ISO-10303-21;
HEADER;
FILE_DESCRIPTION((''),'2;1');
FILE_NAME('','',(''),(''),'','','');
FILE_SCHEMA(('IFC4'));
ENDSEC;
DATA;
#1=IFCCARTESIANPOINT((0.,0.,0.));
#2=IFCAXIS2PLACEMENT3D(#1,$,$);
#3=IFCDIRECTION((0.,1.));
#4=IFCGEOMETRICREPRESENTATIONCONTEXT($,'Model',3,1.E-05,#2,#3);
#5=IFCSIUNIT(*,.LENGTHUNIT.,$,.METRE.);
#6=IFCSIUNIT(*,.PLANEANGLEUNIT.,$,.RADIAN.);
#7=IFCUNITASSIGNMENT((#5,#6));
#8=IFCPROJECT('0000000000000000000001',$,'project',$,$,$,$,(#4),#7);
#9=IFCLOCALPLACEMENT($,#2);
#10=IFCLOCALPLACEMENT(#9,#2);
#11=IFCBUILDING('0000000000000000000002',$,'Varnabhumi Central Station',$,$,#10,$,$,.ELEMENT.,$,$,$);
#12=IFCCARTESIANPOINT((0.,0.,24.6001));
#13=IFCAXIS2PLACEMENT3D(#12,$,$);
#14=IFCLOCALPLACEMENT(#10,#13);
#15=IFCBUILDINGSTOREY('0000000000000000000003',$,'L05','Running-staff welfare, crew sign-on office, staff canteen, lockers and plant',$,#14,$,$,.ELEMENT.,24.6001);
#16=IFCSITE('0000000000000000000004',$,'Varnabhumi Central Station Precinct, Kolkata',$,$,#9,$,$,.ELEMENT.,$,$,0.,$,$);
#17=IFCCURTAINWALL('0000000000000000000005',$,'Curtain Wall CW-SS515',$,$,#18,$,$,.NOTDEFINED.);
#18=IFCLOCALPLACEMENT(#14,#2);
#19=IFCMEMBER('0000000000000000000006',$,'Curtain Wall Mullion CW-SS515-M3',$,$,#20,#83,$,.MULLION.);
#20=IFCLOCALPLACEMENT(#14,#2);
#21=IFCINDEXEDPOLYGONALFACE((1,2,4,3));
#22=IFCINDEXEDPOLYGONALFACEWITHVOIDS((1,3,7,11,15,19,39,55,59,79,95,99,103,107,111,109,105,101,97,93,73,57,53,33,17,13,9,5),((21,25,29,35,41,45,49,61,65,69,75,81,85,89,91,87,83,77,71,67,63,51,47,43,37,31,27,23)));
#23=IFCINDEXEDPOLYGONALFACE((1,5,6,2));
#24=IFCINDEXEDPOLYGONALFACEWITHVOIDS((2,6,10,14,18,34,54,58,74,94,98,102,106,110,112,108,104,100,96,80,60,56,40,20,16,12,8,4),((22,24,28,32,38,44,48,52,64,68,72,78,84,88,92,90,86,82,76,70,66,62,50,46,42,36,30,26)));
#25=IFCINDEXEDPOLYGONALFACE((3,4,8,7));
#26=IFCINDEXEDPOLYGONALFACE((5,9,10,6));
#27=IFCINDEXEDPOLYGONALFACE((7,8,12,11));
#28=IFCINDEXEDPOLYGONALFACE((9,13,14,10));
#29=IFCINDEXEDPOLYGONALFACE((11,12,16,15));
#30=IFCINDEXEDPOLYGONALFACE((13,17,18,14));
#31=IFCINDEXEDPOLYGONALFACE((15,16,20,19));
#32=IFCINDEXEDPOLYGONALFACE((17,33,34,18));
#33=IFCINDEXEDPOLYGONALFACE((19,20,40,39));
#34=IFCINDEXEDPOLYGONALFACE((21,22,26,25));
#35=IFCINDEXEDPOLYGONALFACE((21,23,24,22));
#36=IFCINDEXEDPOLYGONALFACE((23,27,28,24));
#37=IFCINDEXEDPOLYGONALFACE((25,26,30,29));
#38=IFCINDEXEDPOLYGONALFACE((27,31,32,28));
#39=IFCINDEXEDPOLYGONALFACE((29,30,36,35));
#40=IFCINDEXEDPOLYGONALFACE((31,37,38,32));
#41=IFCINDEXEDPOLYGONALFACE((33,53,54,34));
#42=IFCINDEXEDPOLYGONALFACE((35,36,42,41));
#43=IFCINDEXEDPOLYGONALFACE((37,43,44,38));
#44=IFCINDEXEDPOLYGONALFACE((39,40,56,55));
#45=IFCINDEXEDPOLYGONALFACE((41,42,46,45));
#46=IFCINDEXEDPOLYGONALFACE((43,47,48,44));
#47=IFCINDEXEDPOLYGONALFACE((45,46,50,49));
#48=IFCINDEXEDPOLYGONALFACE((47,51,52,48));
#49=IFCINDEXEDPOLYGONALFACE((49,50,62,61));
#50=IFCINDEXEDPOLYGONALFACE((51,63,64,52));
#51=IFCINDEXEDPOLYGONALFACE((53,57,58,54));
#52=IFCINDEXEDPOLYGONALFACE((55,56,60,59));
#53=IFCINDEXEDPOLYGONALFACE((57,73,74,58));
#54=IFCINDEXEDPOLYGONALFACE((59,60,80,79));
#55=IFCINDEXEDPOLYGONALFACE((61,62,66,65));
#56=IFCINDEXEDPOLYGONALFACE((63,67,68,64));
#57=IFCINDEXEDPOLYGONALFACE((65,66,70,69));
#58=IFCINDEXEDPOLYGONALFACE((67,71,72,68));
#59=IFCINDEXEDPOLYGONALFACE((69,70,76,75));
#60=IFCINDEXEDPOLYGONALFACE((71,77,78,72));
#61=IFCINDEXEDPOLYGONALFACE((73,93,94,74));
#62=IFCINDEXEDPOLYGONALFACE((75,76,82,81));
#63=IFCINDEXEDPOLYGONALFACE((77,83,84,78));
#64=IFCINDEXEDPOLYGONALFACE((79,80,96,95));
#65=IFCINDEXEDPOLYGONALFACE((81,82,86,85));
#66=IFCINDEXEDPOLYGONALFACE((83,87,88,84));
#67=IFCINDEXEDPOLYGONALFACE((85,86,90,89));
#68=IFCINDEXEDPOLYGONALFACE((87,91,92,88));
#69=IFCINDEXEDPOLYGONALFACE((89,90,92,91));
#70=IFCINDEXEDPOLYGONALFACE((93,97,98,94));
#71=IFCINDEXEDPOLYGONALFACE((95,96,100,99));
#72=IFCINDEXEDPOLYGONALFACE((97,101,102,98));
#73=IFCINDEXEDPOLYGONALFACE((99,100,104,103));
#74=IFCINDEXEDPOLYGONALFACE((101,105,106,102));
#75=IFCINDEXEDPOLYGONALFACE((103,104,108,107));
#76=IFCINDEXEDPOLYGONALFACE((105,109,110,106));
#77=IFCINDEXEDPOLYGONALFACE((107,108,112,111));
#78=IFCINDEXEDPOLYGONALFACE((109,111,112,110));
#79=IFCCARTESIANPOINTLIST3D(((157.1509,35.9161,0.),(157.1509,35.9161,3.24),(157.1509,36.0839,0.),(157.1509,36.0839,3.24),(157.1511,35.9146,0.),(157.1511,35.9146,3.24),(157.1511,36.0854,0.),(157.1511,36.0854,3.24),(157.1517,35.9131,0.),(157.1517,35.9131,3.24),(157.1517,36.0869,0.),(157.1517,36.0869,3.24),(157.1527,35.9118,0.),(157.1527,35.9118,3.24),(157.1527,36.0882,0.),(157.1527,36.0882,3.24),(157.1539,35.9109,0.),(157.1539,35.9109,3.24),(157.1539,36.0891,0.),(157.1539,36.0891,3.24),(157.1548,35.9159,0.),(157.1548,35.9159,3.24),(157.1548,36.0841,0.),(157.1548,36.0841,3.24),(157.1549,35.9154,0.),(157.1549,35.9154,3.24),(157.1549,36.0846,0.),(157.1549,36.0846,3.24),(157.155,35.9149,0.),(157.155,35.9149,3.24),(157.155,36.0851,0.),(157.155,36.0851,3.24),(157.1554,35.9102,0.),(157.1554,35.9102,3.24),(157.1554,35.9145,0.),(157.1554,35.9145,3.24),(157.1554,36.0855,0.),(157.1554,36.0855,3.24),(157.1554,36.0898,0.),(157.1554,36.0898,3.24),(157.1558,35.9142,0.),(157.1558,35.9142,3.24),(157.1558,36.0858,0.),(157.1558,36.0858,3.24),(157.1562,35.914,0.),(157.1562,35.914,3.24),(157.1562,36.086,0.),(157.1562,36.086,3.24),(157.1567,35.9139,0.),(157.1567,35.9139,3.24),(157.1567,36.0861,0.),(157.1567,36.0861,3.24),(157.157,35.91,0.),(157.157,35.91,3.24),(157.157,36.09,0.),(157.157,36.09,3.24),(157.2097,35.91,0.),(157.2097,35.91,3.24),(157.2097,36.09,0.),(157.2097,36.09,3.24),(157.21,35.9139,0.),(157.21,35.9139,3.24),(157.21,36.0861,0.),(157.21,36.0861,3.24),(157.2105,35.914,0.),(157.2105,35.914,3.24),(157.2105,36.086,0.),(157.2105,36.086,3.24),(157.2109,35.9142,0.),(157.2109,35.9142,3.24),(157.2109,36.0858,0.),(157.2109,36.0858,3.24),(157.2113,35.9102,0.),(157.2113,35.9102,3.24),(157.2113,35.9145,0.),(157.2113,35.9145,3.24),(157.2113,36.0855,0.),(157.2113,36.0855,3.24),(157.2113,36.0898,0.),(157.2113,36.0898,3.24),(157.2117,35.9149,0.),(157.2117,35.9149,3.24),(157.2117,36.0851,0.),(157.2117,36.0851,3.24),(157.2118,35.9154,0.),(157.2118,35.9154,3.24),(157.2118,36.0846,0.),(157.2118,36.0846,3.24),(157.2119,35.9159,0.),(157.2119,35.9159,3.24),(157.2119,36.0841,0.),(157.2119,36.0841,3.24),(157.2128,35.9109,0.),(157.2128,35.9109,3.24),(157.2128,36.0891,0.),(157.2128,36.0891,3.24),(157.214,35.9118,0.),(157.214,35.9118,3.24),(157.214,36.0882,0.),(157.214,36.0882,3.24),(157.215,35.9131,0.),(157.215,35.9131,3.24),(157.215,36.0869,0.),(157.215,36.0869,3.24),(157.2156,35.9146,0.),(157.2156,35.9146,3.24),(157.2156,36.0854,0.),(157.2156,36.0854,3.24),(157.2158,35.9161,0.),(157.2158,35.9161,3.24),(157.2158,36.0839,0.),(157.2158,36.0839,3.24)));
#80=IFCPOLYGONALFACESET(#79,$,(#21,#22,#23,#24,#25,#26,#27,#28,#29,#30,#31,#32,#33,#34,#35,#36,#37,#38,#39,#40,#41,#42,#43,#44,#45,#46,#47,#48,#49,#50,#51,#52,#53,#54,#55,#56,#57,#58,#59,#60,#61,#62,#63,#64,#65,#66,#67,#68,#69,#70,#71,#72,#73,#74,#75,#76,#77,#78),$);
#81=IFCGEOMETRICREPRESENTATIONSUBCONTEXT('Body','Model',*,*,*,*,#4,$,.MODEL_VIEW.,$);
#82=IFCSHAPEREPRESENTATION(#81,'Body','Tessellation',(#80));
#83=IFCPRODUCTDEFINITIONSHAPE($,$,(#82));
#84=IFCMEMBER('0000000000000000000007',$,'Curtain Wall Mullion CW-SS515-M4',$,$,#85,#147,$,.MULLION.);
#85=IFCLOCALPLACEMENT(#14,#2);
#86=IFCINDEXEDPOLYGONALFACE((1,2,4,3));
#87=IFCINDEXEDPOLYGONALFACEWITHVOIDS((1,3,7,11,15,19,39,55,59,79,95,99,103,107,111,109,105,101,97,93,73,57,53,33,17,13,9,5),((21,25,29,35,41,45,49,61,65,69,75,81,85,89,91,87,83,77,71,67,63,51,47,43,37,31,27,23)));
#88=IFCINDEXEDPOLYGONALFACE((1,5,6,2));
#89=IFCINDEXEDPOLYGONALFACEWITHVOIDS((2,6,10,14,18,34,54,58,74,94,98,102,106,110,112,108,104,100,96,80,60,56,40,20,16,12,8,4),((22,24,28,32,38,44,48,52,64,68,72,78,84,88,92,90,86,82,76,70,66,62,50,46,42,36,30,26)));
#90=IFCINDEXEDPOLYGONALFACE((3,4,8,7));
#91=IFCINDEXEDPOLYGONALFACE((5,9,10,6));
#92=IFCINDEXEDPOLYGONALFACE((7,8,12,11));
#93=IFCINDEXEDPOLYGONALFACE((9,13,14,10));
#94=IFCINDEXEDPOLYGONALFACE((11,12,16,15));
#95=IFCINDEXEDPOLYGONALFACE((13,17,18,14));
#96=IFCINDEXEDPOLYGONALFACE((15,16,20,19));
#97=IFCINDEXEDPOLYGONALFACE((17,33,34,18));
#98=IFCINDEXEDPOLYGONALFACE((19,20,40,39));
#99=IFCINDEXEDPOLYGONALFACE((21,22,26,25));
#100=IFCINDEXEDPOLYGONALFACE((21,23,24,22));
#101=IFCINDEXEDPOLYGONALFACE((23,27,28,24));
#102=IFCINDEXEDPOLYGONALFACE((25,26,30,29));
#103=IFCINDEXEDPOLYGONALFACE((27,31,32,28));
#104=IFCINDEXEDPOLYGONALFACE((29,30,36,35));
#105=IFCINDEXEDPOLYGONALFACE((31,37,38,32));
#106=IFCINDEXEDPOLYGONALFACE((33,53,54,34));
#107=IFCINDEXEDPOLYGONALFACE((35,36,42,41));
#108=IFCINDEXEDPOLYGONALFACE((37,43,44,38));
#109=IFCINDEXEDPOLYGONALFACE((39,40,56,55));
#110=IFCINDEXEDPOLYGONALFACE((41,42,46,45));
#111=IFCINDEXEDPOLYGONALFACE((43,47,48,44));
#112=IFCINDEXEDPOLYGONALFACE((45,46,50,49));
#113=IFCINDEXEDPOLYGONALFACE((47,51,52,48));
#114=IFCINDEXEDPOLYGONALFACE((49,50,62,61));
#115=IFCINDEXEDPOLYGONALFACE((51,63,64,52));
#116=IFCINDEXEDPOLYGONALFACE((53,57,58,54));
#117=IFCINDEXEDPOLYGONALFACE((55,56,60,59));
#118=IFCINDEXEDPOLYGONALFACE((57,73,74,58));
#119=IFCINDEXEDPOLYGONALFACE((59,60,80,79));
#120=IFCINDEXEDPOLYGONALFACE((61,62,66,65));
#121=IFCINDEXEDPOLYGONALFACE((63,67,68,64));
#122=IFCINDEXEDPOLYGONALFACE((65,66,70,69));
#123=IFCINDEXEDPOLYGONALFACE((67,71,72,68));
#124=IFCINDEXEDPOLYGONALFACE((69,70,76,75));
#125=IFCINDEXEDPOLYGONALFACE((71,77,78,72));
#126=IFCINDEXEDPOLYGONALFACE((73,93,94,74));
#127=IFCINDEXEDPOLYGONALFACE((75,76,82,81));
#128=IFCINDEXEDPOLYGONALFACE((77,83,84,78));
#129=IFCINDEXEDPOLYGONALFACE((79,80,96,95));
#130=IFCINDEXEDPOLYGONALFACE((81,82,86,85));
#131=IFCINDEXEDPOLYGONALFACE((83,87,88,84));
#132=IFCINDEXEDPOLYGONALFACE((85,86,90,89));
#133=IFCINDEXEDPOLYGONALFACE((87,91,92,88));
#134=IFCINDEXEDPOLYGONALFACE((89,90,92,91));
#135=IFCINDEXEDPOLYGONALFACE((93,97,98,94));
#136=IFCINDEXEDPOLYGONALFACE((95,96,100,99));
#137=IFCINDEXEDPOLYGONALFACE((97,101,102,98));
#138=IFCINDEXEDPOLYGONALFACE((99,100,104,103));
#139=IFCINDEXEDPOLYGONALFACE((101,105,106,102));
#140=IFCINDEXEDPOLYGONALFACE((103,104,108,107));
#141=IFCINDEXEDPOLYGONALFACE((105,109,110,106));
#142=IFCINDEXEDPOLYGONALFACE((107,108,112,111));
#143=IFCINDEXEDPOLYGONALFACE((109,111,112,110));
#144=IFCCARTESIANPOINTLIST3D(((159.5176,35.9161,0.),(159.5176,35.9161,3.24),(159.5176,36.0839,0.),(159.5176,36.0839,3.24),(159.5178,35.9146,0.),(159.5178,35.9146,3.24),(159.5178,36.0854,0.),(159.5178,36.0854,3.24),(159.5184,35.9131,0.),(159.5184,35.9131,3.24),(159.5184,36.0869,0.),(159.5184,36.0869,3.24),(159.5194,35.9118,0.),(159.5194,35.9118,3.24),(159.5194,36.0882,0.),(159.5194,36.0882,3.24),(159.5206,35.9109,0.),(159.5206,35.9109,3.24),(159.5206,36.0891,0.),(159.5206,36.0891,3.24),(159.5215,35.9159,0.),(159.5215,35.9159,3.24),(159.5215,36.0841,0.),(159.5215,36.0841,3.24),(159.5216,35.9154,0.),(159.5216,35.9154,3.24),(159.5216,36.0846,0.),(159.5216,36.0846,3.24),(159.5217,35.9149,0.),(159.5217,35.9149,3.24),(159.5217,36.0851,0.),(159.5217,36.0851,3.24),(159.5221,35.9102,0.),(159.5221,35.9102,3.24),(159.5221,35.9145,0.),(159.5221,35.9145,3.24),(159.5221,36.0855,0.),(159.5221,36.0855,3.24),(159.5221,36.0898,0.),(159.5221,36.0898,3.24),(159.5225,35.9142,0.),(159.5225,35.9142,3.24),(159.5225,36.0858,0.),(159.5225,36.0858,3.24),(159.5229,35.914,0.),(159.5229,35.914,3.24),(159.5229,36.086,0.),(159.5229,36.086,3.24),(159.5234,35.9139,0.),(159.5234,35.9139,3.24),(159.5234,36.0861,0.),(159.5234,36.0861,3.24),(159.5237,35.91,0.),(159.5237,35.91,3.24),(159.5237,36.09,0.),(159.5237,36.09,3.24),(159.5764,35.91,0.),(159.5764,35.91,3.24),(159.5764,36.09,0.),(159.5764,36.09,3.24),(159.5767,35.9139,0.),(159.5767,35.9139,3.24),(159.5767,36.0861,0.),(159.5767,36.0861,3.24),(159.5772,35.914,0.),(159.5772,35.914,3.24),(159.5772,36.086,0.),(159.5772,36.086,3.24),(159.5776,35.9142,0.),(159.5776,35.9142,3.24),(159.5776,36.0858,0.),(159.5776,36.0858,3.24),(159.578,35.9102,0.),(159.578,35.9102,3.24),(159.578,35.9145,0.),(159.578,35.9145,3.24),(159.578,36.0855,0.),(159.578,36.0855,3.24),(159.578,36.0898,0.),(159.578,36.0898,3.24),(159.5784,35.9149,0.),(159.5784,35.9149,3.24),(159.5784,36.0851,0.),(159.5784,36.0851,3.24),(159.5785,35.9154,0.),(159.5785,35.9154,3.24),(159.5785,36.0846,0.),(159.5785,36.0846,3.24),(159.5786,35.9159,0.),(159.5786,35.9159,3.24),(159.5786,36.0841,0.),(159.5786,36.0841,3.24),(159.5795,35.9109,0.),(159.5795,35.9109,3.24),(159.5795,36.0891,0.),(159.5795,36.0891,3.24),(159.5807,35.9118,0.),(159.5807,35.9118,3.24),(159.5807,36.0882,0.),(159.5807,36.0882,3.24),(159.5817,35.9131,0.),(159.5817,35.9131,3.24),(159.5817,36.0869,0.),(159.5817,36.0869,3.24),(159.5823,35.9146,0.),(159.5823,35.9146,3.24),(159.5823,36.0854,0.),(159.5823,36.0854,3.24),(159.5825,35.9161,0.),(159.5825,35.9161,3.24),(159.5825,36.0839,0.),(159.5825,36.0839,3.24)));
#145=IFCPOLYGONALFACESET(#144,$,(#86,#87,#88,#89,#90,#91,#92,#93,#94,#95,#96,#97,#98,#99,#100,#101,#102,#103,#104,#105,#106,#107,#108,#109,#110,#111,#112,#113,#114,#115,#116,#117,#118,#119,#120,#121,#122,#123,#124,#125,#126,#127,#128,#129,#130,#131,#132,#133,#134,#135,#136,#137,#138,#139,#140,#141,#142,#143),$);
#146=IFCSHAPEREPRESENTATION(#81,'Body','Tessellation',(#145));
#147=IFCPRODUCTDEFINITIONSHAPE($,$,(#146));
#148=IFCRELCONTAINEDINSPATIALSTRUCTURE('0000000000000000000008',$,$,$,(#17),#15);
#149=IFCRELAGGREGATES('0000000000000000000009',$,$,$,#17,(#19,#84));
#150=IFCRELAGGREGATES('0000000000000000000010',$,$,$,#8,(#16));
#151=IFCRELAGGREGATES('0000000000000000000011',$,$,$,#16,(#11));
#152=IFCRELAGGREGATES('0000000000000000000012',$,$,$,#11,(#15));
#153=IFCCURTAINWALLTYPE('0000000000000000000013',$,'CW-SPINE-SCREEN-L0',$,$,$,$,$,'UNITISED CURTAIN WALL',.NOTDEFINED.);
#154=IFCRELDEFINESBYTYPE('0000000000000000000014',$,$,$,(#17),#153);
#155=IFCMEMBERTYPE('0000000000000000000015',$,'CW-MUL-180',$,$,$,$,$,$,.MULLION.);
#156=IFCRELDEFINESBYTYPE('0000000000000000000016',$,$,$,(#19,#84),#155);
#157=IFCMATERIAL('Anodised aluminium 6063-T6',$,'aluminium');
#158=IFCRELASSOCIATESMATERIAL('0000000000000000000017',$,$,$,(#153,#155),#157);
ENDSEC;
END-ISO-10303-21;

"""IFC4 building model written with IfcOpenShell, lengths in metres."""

from ifc_helpers import new_model, si_unit, direction, frame, origin, origin_2d, place, context, subcontext, project, spatial, hollow_rectangle, extrude, material, material_profile, profile_set, type_object, element, aggregate, save


model = new_model("IFC4")

# Units and contexts
model_context = context("Model", 3, precision=1e-05, world=origin(), true_north=direction((0.0, 1.0)))
body_context = subcontext(model_context, "Body", "Model", "MODEL_VIEW")
ifc_project = project(units=[si_unit("LENGTHUNIT", "METRE"), si_unit("PLANEANGLEUNIT", "RADIAN")], contexts=[model_context])

# Site, building, storey
site_placement = place(None, origin())
site = spatial("IfcSite", under=ifc_project, at=site_placement, Name="Varnabhumi Central Station Precinct, Kolkata", CompositionType="ELEMENT", RefElevation=0.0)
building_placement = place(site_placement, origin())
building = spatial("IfcBuilding", under=site, at=building_placement, Name="Varnabhumi Central Station", CompositionType="ELEMENT")
storey_placement = place(building_placement, frame((0.0, 0.0, 24.6001)))
storey = spatial("IfcBuildingStorey", under=building, at=storey_placement, Name="L05", Description="Running-staff welfare, crew sign-on office, staff canteen, lockers and plant", CompositionType="ELEMENT", Elevation=24.6001)

# Curtain wall, members
ifc_material_1 = material(Name="Anodised aluminium 6063-T6", Category="aluminium")
curtain_wall_type = type_object("IfcCurtainWallType", Name="CW-SPINE-SCREEN-L0", ElementType="UNITISED CURTAIN WALL", PredefinedType="NOTDEFINED", material=ifc_material_1)
curtain_wall_placement = place(storey_placement, origin())
curtain_wall = element("IfcCurtainWall", 1, at=curtain_wall_placement, inside=storey, type_object=curtain_wall_type, Name="Curtain Wall CW-SS515", PredefinedType="NOTDEFINED")
ifc_material_profile_1 = material_profile(ifc_material_1, hollow_rectangle(XDim=0.0649, YDim=0.1799, WallThickness=0.0039, InnerFilletRadius=0.002, OuterFilletRadius=0.0061, at=origin_2d()), Name="Anodised aluminium 6063-T6", Category="aluminium")
ifc_profile_set_1 = profile_set([ifc_material_profile_1], Name="Anodised aluminium 6063-T6")
member_type_1 = type_object("IfcMemberType", Name="CW-MUL-180", PredefinedType="MULLION", material=ifc_profile_set_1)
member_1_placement = place(storey_placement, frame((157.1833, 36.0, 0.0), z_axis=(0.0, 0.0, 1.0), x_axis=(1.0, 0.0, 0.0)))
member_1 = element("IfcMember", 2, at=member_1_placement, type_object=member_type_1, Name="Curtain Wall Mullion CW-SS515-M3", PredefinedType="MULLION", context=body_context, shape_type="SweptSolid", body=[
    extrude(hollow_rectangle(XDim=0.0649, YDim=0.1799, WallThickness=0.0039, InnerFilletRadius=0.002, OuterFilletRadius=0.0061, at=origin_2d()), origin(), (0.0, 0.0, 1.0), 3.24),
])
member_2_placement = place(storey_placement, frame((159.55, 36.0, 0.0), z_axis=(0.0, 0.0, 1.0), x_axis=(1.0, 0.0, 0.0)))
member_2 = element("IfcMember", 3, at=member_2_placement, type_object=member_type_1, Name="Curtain Wall Mullion CW-SS515-M4", PredefinedType="MULLION", context=body_context, shape_type="SweptSolid", body=[
    extrude(hollow_rectangle(XDim=0.0649, YDim=0.1799, WallThickness=0.0039, InnerFilletRadius=0.002, OuterFilletRadius=0.0061, at=origin_2d()), origin(), (0.0, 0.0, 1.0), 3.24),
])

aggregate(curtain_wall, [member_1, member_2])

save(model, "model.ifc")
